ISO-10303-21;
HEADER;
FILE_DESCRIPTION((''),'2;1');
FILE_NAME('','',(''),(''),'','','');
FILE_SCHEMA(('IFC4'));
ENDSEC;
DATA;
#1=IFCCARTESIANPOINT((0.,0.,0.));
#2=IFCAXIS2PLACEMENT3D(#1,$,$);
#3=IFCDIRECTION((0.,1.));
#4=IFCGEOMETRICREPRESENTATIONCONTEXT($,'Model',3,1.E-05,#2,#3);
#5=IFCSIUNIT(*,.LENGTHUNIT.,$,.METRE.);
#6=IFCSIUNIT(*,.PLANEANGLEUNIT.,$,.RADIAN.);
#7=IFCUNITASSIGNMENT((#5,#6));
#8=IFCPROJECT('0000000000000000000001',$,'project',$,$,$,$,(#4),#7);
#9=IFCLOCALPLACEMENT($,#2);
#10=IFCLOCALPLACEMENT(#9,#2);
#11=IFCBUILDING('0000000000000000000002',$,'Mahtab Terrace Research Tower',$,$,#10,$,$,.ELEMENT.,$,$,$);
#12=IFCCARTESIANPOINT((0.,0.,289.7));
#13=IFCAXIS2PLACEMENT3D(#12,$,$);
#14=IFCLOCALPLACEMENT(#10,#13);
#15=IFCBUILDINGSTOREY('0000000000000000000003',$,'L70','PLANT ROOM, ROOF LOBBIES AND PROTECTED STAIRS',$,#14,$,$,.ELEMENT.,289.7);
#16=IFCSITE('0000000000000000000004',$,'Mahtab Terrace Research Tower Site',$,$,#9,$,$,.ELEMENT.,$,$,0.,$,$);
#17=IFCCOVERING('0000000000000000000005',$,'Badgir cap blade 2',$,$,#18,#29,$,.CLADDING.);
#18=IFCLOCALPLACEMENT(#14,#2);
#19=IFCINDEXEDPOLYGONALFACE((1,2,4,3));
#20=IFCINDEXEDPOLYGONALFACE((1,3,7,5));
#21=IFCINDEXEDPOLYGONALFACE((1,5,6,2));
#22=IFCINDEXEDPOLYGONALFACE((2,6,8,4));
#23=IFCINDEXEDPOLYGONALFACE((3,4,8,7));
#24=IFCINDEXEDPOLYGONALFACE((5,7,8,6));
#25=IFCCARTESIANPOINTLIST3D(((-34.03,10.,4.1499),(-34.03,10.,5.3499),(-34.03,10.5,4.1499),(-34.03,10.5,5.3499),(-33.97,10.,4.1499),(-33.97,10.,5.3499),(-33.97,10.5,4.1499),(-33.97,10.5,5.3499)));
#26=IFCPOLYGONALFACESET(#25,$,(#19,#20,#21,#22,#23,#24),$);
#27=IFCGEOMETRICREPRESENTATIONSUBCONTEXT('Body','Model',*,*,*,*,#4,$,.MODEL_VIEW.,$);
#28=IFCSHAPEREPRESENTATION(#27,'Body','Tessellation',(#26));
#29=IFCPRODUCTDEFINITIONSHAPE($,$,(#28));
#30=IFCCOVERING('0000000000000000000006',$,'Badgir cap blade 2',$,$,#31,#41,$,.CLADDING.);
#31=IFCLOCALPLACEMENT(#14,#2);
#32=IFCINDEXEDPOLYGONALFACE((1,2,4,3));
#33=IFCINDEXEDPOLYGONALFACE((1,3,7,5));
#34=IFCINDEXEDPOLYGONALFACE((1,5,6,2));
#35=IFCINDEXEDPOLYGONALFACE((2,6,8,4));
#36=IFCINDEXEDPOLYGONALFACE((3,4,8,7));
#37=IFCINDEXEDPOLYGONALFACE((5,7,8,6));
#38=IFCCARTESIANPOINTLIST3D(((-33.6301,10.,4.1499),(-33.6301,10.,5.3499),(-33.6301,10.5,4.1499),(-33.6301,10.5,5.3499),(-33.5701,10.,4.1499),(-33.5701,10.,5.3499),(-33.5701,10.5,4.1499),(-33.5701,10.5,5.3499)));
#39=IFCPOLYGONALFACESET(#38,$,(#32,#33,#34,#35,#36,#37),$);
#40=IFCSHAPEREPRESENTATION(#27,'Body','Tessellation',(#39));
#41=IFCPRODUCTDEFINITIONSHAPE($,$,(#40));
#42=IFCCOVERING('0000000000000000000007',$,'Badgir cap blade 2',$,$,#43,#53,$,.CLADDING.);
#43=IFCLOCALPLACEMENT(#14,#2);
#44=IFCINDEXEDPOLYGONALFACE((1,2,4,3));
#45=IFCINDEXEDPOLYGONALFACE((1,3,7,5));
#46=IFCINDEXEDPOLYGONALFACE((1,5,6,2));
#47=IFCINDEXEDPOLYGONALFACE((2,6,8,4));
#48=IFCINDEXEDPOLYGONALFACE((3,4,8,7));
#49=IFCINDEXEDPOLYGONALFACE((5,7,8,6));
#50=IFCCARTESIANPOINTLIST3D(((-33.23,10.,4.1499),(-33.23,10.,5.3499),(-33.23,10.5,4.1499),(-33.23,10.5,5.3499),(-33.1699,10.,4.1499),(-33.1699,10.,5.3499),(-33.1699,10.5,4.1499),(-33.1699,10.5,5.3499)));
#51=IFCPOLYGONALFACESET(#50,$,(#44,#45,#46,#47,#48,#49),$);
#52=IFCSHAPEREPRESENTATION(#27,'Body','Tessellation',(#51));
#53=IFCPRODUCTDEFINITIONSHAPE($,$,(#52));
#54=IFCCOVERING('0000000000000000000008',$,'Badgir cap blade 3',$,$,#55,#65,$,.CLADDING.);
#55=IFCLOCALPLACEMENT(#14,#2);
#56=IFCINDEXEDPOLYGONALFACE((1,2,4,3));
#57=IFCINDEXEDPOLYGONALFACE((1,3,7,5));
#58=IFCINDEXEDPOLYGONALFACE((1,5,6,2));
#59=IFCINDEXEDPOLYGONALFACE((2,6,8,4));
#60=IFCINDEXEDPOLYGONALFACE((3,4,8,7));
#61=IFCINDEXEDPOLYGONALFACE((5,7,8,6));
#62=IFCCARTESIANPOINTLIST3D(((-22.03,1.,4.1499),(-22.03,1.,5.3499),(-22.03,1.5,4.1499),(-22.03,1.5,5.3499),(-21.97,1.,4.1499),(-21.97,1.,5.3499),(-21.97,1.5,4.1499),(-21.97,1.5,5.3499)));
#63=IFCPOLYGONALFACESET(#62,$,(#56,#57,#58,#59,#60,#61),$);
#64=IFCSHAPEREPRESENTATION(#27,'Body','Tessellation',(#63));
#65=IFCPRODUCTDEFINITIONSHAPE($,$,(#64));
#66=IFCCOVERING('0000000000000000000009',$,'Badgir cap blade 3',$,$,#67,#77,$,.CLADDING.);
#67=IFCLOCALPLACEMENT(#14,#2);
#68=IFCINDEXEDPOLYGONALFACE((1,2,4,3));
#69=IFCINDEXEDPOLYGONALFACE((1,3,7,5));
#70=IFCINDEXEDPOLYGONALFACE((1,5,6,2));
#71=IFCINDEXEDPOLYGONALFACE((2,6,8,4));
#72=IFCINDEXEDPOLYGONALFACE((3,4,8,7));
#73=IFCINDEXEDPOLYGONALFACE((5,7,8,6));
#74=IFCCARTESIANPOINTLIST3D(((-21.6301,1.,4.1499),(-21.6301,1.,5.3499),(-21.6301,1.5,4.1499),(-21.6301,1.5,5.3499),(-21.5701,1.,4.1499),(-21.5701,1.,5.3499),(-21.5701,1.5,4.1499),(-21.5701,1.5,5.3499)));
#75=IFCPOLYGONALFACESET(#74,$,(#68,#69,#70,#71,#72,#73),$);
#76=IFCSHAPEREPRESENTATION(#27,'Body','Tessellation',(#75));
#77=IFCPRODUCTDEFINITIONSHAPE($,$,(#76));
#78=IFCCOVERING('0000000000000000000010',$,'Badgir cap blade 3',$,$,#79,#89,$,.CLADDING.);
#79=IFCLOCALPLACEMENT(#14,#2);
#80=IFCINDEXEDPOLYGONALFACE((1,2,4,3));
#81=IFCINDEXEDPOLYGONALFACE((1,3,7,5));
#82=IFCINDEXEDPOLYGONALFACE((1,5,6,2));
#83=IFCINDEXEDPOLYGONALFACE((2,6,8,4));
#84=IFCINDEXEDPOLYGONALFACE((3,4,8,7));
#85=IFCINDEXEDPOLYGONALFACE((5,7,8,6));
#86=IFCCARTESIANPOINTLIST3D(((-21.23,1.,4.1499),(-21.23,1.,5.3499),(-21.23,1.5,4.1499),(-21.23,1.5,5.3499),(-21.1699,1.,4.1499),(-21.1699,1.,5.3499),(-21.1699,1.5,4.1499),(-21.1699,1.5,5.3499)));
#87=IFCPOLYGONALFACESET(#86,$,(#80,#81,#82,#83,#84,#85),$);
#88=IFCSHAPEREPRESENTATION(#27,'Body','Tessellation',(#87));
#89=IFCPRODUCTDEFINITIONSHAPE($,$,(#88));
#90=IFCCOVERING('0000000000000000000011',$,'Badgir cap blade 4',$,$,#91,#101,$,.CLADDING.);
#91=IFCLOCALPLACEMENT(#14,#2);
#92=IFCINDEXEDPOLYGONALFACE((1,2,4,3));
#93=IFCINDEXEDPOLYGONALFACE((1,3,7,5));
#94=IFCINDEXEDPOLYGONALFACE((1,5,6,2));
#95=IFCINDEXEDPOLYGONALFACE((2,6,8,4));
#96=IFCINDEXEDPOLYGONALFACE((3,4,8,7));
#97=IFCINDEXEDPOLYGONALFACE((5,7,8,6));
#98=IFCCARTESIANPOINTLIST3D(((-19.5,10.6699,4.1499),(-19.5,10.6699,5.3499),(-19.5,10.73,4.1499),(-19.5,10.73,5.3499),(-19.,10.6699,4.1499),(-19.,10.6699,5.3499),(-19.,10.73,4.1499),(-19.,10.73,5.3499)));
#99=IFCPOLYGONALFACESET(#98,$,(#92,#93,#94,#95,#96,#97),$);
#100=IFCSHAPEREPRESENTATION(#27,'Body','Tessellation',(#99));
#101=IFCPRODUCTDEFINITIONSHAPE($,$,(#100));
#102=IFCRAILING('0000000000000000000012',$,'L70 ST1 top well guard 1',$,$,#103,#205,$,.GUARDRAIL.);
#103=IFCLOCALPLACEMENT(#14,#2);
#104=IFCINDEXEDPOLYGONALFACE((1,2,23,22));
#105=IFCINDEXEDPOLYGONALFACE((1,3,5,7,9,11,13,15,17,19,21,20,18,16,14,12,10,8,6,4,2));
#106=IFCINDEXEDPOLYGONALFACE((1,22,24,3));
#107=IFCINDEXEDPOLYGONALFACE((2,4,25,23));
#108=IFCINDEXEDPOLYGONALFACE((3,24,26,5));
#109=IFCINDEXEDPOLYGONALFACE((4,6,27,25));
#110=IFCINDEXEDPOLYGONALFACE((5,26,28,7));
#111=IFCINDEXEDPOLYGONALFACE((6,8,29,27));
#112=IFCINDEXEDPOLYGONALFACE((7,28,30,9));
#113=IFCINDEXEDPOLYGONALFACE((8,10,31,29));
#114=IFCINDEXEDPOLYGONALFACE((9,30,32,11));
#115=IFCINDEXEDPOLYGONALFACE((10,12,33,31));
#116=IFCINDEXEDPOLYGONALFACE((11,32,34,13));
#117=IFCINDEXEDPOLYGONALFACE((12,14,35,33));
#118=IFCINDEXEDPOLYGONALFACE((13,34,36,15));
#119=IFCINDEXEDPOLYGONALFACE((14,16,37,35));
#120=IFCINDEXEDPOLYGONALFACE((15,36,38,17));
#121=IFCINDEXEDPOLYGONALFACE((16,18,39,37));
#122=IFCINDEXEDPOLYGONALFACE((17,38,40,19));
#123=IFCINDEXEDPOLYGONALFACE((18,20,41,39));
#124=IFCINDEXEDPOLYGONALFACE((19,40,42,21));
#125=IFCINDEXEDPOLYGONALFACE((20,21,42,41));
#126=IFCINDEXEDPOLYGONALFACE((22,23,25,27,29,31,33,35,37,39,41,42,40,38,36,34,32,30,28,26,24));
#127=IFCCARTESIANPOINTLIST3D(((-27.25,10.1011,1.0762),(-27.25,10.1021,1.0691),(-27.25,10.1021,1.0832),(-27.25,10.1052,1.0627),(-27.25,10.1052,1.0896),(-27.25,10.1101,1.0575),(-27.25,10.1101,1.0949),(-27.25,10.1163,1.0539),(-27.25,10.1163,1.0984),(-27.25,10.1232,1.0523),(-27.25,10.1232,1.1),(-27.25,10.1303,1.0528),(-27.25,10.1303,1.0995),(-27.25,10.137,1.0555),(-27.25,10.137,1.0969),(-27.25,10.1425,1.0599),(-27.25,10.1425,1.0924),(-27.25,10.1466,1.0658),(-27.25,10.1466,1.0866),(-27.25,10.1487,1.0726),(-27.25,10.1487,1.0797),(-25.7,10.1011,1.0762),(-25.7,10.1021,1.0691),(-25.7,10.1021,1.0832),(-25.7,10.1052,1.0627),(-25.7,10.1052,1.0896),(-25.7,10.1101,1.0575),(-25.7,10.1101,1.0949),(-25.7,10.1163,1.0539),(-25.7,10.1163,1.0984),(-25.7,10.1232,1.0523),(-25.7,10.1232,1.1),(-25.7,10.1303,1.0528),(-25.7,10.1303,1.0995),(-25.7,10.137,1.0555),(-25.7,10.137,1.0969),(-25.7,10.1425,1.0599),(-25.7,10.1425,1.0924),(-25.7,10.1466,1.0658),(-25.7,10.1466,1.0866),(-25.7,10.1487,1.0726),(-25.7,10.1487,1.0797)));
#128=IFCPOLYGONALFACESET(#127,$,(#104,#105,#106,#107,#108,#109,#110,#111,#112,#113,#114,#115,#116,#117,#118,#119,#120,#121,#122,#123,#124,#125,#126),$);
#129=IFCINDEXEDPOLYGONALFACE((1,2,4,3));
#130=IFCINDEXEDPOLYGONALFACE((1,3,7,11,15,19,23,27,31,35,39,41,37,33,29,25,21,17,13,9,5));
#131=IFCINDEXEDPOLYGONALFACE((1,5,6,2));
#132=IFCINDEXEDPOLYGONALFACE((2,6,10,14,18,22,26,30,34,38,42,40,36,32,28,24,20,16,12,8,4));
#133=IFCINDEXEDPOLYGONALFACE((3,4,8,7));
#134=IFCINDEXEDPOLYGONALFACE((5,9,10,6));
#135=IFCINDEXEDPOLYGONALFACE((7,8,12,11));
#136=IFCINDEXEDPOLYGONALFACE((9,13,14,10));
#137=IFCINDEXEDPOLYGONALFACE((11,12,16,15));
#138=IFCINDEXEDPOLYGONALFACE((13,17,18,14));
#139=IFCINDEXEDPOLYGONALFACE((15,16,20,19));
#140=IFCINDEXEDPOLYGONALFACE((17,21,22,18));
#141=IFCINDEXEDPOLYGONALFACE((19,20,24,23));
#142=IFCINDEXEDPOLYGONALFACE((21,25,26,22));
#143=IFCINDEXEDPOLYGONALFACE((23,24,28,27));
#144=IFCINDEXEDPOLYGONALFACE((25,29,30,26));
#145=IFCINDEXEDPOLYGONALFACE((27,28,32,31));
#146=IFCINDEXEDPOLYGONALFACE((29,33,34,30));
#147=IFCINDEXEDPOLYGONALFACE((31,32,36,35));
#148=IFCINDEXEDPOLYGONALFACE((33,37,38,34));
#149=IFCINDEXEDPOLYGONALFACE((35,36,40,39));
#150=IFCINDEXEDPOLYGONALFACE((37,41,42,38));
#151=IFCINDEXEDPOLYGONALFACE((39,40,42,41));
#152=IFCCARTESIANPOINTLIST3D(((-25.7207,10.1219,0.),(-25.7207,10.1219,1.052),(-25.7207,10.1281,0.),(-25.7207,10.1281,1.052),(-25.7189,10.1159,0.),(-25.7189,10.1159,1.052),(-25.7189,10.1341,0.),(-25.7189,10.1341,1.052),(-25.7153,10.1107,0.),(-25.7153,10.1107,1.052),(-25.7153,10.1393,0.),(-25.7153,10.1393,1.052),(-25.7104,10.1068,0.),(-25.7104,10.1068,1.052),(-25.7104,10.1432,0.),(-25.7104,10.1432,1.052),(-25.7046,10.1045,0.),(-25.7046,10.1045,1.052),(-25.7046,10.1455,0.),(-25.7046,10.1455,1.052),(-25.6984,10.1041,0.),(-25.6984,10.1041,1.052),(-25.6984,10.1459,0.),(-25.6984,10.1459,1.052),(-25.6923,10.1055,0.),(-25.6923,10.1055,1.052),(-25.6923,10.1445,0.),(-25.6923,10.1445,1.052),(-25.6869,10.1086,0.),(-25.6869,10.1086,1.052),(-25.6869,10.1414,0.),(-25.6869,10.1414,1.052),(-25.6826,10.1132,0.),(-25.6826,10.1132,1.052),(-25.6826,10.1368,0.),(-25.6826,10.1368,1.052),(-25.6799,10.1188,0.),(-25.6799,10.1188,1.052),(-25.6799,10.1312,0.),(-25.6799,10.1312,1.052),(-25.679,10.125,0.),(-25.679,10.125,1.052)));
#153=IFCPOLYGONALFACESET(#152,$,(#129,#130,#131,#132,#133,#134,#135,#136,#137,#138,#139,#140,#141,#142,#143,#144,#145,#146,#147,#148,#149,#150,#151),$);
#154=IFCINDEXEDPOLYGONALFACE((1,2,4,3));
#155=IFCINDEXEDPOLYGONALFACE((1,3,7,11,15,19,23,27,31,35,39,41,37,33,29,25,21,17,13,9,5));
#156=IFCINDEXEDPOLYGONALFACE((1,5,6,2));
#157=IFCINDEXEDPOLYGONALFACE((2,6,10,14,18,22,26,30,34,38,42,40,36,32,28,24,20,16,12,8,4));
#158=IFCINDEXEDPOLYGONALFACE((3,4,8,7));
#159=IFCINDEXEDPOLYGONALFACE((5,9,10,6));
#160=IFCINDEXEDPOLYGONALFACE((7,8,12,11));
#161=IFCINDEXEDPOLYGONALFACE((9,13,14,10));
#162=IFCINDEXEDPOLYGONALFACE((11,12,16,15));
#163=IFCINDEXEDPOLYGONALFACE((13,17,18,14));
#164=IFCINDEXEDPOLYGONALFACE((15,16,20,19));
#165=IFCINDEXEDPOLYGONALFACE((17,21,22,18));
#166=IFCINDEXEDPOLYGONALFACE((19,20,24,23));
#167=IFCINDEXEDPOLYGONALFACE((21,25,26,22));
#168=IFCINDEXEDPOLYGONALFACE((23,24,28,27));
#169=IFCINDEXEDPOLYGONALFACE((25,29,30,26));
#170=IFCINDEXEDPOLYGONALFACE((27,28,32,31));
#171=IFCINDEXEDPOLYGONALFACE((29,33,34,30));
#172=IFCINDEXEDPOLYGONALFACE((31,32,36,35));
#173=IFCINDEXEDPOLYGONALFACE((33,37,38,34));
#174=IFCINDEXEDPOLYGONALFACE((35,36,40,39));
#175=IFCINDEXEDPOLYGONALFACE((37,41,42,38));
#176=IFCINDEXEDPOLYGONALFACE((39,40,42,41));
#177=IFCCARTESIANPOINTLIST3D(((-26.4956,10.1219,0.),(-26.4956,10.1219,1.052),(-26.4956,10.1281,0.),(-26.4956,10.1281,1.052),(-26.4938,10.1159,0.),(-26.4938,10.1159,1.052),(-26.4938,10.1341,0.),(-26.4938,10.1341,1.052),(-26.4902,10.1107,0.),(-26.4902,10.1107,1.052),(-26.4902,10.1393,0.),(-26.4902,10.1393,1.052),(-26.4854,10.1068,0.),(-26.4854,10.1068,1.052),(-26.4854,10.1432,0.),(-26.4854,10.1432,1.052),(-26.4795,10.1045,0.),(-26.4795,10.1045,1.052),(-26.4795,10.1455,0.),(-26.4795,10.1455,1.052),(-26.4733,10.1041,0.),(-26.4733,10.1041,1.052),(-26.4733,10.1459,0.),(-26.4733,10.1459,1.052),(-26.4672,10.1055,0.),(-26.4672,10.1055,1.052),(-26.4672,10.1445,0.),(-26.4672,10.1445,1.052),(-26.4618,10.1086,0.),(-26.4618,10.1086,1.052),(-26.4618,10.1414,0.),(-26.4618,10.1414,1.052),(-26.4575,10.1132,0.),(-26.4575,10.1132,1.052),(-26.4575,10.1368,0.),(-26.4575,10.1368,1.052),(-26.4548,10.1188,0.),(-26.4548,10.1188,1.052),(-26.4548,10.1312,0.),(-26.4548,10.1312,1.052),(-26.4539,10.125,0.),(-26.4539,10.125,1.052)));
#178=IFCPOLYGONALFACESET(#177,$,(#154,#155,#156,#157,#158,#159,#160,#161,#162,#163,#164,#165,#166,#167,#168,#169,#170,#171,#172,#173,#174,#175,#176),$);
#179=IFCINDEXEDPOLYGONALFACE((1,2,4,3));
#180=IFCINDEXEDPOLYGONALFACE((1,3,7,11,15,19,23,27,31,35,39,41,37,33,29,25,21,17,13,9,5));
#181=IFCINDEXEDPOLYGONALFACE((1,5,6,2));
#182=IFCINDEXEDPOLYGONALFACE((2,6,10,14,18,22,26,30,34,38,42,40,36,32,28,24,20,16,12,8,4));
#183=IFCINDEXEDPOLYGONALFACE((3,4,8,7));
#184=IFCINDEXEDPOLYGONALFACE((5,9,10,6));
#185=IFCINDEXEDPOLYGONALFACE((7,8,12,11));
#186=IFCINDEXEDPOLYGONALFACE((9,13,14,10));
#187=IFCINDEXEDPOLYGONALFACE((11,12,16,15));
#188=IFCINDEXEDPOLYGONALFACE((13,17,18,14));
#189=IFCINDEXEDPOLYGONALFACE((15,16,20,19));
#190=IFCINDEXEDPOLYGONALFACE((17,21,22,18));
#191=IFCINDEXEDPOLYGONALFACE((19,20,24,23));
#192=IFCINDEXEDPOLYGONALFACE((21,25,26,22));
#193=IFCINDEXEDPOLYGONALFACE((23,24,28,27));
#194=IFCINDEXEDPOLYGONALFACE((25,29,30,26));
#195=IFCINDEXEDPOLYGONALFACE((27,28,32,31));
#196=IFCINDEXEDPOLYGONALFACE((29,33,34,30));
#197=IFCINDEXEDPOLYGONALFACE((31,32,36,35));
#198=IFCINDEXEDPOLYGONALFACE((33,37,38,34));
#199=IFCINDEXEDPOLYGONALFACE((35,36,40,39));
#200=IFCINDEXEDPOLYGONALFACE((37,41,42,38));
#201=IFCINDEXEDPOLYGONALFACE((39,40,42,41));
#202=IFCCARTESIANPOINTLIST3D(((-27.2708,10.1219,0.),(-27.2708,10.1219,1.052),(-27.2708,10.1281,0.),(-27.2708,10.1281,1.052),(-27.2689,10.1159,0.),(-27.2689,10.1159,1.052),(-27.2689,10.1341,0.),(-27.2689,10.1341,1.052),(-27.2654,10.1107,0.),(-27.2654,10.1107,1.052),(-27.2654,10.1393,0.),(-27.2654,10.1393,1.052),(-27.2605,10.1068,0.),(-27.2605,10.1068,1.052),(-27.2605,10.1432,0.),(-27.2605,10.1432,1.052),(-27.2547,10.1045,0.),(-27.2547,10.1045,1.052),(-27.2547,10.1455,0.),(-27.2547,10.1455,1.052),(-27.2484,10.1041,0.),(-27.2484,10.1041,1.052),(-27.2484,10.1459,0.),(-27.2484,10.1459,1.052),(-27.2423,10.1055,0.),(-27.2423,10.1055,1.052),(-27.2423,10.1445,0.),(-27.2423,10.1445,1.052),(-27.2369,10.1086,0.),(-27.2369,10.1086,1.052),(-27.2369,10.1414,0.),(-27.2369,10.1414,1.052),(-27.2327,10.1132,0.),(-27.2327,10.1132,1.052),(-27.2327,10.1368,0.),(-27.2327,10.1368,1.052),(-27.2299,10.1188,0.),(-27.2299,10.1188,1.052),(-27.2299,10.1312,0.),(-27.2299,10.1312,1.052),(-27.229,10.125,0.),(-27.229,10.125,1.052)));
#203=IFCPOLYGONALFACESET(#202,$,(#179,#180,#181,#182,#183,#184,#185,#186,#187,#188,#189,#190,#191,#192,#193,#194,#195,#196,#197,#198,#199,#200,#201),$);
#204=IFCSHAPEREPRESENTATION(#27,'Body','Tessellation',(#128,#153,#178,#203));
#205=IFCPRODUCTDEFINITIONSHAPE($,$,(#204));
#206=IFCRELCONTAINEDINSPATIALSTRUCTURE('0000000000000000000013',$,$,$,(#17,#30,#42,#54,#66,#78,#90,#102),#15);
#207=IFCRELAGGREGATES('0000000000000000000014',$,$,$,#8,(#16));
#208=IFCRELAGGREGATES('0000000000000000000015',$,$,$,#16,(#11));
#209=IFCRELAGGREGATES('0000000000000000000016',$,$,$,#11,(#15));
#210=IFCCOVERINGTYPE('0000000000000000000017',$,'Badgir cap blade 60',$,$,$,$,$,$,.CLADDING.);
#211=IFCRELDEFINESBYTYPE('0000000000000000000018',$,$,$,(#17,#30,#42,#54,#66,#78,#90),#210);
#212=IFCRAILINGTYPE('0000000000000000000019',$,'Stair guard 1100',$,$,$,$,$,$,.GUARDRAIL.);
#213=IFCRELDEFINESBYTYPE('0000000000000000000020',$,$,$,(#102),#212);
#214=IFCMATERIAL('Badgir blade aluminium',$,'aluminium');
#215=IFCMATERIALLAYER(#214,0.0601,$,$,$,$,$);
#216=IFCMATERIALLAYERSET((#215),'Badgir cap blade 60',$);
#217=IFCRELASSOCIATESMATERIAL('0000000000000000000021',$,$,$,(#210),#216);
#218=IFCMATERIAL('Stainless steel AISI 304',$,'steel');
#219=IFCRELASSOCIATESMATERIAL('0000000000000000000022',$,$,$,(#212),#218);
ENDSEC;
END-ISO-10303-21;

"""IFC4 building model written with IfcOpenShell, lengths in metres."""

from ifc_helpers import new_model, si_unit, direction, frame, origin, origin_2d, place, context, subcontext, project, spatial, rectangle, circle, extrude, material, layer, layer_set, type_object, element, save


model = new_model("IFC4")

# Units and contexts
model_context = context("Model", 3, precision=1e-05, world=origin(), true_north=direction((0.0, 1.0)))
body_context = subcontext(model_context, "Body", "Model", "MODEL_VIEW")
ifc_project = project(units=[si_unit("LENGTHUNIT", "METRE"), si_unit("PLANEANGLEUNIT", "RADIAN")], contexts=[model_context])

# Site, building, storey
site_placement = place(None, origin())
site = spatial("IfcSite", under=ifc_project, at=site_placement, Name="Mahtab Terrace Research Tower Site", CompositionType="ELEMENT", RefElevation=0.0)
building_placement = place(site_placement, origin())
building = spatial("IfcBuilding", under=site, at=building_placement, Name="Mahtab Terrace Research Tower", CompositionType="ELEMENT")
storey_placement = place(building_placement, frame((0.0, 0.0, 289.7)))
storey = spatial("IfcBuildingStorey", under=building, at=storey_placement, Name="L70", Description="PLANT ROOM, ROOF LOBBIES AND PROTECTED STAIRS", CompositionType="ELEMENT", Elevation=289.7)

# Coverings
ifc_material_1 = material(Name="Badgir blade aluminium", Category="aluminium")
ifc_layer_1 = layer(ifc_material_1, 0.0601)
ifc_layer_set_1 = layer_set([ifc_layer_1], Name="Badgir cap blade 60")
covering_type = type_object("IfcCoveringType", Name="Badgir cap blade 60", PredefinedType="CLADDING", material=ifc_layer_set_1)
for number, where, z_axis, x_axis, name in (
    (1, (-34.0, 10.25, 4.1499), (0.0, 0.0, 1.0), (1.0, 0.0, 0.0), "Badgir cap blade 2"),
    (2, (-33.6001, 10.25, 4.1499), (0.0, 0.0, 1.0), (1.0, 0.0, 0.0), "Badgir cap blade 2"),
    (3, (-33.2, 10.25, 4.1499), (0.0, 0.0, 1.0), (1.0, 0.0, 0.0), "Badgir cap blade 2"),
    (4, (-22.0, 1.25, 4.1499), (0.0, 0.0, 1.0), (1.0, 0.0, 0.0), "Badgir cap blade 3"),
    (5, (-21.6001, 1.25, 4.1499), (0.0, 0.0, 1.0), (1.0, 0.0, 0.0), "Badgir cap blade 3"),
    (6, (-21.2, 1.25, 4.1499), (0.0, 0.0, 1.0), (1.0, 0.0, 0.0), "Badgir cap blade 3"),
):
    element("IfcCovering", number, at=place(storey_placement, frame(where, z_axis=z_axis, x_axis=x_axis)), inside=storey, type_object=covering_type, Name=name, PredefinedType="CLADDING", context=body_context, shape_type="SweptSolid", body=[
        extrude(rectangle(XDim=0.0601, YDim=0.5, at=origin_2d()), origin(), (0.0, 0.0, 1.0), 1.2),
    ])
covering_placement = place(storey_placement, frame((-19.25, 10.7, 4.1499), z_axis=(0.0, 0.0, 1.0), x_axis=(1.0, 0.0, 0.0)))
element("IfcCovering", 7, at=covering_placement, inside=storey, type_object=covering_type, Name="Badgir cap blade 4", PredefinedType="CLADDING", context=body_context, shape_type="SweptSolid", body=[
    extrude(rectangle(XDim=0.5, YDim=0.0601, at=origin_2d()), origin(), (0.0, 0.0, 1.0), 1.2),
])

# Railing
ifc_material_2 = material(Name="Stainless steel AISI 304", Category="steel")
railing_type = type_object("IfcRailingType", Name="Stair guard 1100", PredefinedType="GUARDRAIL", material=ifc_material_2)
railing_placement = place(storey_placement, frame((-25.7, 10.125, 0.0)))
element("IfcRailing", 8, at=railing_placement, inside=storey, type_object=railing_type, Name="L70 ST1 top well guard 1", PredefinedType="GUARDRAIL", context=body_context, shape_type="SweptSolid", body=[
    extrude(circle(Radius=0.0239, at=origin_2d()), frame((0.0, 0.0, 1.0762), z_axis=(-1.0, 0.0, 0.0), x_axis=(0.0, -1.0, 0.0)), (0.0, 0.0, 1.0), 1.55),
    extrude(circle(Radius=0.021, at=origin_2d()), origin(), (0.0, 0.0, 1.0), 1.052),
    extrude(circle(Radius=0.021, at=origin_2d()), frame((-0.7749, 0.0, 0.0)), (0.0, 0.0, 1.0), 1.052),
    extrude(circle(Radius=0.021, at=origin_2d()), frame((-1.55, 0.0, 0.0)), (0.0, 0.0, 1.0), 1.052),
])

save(model, "model.ifc")
